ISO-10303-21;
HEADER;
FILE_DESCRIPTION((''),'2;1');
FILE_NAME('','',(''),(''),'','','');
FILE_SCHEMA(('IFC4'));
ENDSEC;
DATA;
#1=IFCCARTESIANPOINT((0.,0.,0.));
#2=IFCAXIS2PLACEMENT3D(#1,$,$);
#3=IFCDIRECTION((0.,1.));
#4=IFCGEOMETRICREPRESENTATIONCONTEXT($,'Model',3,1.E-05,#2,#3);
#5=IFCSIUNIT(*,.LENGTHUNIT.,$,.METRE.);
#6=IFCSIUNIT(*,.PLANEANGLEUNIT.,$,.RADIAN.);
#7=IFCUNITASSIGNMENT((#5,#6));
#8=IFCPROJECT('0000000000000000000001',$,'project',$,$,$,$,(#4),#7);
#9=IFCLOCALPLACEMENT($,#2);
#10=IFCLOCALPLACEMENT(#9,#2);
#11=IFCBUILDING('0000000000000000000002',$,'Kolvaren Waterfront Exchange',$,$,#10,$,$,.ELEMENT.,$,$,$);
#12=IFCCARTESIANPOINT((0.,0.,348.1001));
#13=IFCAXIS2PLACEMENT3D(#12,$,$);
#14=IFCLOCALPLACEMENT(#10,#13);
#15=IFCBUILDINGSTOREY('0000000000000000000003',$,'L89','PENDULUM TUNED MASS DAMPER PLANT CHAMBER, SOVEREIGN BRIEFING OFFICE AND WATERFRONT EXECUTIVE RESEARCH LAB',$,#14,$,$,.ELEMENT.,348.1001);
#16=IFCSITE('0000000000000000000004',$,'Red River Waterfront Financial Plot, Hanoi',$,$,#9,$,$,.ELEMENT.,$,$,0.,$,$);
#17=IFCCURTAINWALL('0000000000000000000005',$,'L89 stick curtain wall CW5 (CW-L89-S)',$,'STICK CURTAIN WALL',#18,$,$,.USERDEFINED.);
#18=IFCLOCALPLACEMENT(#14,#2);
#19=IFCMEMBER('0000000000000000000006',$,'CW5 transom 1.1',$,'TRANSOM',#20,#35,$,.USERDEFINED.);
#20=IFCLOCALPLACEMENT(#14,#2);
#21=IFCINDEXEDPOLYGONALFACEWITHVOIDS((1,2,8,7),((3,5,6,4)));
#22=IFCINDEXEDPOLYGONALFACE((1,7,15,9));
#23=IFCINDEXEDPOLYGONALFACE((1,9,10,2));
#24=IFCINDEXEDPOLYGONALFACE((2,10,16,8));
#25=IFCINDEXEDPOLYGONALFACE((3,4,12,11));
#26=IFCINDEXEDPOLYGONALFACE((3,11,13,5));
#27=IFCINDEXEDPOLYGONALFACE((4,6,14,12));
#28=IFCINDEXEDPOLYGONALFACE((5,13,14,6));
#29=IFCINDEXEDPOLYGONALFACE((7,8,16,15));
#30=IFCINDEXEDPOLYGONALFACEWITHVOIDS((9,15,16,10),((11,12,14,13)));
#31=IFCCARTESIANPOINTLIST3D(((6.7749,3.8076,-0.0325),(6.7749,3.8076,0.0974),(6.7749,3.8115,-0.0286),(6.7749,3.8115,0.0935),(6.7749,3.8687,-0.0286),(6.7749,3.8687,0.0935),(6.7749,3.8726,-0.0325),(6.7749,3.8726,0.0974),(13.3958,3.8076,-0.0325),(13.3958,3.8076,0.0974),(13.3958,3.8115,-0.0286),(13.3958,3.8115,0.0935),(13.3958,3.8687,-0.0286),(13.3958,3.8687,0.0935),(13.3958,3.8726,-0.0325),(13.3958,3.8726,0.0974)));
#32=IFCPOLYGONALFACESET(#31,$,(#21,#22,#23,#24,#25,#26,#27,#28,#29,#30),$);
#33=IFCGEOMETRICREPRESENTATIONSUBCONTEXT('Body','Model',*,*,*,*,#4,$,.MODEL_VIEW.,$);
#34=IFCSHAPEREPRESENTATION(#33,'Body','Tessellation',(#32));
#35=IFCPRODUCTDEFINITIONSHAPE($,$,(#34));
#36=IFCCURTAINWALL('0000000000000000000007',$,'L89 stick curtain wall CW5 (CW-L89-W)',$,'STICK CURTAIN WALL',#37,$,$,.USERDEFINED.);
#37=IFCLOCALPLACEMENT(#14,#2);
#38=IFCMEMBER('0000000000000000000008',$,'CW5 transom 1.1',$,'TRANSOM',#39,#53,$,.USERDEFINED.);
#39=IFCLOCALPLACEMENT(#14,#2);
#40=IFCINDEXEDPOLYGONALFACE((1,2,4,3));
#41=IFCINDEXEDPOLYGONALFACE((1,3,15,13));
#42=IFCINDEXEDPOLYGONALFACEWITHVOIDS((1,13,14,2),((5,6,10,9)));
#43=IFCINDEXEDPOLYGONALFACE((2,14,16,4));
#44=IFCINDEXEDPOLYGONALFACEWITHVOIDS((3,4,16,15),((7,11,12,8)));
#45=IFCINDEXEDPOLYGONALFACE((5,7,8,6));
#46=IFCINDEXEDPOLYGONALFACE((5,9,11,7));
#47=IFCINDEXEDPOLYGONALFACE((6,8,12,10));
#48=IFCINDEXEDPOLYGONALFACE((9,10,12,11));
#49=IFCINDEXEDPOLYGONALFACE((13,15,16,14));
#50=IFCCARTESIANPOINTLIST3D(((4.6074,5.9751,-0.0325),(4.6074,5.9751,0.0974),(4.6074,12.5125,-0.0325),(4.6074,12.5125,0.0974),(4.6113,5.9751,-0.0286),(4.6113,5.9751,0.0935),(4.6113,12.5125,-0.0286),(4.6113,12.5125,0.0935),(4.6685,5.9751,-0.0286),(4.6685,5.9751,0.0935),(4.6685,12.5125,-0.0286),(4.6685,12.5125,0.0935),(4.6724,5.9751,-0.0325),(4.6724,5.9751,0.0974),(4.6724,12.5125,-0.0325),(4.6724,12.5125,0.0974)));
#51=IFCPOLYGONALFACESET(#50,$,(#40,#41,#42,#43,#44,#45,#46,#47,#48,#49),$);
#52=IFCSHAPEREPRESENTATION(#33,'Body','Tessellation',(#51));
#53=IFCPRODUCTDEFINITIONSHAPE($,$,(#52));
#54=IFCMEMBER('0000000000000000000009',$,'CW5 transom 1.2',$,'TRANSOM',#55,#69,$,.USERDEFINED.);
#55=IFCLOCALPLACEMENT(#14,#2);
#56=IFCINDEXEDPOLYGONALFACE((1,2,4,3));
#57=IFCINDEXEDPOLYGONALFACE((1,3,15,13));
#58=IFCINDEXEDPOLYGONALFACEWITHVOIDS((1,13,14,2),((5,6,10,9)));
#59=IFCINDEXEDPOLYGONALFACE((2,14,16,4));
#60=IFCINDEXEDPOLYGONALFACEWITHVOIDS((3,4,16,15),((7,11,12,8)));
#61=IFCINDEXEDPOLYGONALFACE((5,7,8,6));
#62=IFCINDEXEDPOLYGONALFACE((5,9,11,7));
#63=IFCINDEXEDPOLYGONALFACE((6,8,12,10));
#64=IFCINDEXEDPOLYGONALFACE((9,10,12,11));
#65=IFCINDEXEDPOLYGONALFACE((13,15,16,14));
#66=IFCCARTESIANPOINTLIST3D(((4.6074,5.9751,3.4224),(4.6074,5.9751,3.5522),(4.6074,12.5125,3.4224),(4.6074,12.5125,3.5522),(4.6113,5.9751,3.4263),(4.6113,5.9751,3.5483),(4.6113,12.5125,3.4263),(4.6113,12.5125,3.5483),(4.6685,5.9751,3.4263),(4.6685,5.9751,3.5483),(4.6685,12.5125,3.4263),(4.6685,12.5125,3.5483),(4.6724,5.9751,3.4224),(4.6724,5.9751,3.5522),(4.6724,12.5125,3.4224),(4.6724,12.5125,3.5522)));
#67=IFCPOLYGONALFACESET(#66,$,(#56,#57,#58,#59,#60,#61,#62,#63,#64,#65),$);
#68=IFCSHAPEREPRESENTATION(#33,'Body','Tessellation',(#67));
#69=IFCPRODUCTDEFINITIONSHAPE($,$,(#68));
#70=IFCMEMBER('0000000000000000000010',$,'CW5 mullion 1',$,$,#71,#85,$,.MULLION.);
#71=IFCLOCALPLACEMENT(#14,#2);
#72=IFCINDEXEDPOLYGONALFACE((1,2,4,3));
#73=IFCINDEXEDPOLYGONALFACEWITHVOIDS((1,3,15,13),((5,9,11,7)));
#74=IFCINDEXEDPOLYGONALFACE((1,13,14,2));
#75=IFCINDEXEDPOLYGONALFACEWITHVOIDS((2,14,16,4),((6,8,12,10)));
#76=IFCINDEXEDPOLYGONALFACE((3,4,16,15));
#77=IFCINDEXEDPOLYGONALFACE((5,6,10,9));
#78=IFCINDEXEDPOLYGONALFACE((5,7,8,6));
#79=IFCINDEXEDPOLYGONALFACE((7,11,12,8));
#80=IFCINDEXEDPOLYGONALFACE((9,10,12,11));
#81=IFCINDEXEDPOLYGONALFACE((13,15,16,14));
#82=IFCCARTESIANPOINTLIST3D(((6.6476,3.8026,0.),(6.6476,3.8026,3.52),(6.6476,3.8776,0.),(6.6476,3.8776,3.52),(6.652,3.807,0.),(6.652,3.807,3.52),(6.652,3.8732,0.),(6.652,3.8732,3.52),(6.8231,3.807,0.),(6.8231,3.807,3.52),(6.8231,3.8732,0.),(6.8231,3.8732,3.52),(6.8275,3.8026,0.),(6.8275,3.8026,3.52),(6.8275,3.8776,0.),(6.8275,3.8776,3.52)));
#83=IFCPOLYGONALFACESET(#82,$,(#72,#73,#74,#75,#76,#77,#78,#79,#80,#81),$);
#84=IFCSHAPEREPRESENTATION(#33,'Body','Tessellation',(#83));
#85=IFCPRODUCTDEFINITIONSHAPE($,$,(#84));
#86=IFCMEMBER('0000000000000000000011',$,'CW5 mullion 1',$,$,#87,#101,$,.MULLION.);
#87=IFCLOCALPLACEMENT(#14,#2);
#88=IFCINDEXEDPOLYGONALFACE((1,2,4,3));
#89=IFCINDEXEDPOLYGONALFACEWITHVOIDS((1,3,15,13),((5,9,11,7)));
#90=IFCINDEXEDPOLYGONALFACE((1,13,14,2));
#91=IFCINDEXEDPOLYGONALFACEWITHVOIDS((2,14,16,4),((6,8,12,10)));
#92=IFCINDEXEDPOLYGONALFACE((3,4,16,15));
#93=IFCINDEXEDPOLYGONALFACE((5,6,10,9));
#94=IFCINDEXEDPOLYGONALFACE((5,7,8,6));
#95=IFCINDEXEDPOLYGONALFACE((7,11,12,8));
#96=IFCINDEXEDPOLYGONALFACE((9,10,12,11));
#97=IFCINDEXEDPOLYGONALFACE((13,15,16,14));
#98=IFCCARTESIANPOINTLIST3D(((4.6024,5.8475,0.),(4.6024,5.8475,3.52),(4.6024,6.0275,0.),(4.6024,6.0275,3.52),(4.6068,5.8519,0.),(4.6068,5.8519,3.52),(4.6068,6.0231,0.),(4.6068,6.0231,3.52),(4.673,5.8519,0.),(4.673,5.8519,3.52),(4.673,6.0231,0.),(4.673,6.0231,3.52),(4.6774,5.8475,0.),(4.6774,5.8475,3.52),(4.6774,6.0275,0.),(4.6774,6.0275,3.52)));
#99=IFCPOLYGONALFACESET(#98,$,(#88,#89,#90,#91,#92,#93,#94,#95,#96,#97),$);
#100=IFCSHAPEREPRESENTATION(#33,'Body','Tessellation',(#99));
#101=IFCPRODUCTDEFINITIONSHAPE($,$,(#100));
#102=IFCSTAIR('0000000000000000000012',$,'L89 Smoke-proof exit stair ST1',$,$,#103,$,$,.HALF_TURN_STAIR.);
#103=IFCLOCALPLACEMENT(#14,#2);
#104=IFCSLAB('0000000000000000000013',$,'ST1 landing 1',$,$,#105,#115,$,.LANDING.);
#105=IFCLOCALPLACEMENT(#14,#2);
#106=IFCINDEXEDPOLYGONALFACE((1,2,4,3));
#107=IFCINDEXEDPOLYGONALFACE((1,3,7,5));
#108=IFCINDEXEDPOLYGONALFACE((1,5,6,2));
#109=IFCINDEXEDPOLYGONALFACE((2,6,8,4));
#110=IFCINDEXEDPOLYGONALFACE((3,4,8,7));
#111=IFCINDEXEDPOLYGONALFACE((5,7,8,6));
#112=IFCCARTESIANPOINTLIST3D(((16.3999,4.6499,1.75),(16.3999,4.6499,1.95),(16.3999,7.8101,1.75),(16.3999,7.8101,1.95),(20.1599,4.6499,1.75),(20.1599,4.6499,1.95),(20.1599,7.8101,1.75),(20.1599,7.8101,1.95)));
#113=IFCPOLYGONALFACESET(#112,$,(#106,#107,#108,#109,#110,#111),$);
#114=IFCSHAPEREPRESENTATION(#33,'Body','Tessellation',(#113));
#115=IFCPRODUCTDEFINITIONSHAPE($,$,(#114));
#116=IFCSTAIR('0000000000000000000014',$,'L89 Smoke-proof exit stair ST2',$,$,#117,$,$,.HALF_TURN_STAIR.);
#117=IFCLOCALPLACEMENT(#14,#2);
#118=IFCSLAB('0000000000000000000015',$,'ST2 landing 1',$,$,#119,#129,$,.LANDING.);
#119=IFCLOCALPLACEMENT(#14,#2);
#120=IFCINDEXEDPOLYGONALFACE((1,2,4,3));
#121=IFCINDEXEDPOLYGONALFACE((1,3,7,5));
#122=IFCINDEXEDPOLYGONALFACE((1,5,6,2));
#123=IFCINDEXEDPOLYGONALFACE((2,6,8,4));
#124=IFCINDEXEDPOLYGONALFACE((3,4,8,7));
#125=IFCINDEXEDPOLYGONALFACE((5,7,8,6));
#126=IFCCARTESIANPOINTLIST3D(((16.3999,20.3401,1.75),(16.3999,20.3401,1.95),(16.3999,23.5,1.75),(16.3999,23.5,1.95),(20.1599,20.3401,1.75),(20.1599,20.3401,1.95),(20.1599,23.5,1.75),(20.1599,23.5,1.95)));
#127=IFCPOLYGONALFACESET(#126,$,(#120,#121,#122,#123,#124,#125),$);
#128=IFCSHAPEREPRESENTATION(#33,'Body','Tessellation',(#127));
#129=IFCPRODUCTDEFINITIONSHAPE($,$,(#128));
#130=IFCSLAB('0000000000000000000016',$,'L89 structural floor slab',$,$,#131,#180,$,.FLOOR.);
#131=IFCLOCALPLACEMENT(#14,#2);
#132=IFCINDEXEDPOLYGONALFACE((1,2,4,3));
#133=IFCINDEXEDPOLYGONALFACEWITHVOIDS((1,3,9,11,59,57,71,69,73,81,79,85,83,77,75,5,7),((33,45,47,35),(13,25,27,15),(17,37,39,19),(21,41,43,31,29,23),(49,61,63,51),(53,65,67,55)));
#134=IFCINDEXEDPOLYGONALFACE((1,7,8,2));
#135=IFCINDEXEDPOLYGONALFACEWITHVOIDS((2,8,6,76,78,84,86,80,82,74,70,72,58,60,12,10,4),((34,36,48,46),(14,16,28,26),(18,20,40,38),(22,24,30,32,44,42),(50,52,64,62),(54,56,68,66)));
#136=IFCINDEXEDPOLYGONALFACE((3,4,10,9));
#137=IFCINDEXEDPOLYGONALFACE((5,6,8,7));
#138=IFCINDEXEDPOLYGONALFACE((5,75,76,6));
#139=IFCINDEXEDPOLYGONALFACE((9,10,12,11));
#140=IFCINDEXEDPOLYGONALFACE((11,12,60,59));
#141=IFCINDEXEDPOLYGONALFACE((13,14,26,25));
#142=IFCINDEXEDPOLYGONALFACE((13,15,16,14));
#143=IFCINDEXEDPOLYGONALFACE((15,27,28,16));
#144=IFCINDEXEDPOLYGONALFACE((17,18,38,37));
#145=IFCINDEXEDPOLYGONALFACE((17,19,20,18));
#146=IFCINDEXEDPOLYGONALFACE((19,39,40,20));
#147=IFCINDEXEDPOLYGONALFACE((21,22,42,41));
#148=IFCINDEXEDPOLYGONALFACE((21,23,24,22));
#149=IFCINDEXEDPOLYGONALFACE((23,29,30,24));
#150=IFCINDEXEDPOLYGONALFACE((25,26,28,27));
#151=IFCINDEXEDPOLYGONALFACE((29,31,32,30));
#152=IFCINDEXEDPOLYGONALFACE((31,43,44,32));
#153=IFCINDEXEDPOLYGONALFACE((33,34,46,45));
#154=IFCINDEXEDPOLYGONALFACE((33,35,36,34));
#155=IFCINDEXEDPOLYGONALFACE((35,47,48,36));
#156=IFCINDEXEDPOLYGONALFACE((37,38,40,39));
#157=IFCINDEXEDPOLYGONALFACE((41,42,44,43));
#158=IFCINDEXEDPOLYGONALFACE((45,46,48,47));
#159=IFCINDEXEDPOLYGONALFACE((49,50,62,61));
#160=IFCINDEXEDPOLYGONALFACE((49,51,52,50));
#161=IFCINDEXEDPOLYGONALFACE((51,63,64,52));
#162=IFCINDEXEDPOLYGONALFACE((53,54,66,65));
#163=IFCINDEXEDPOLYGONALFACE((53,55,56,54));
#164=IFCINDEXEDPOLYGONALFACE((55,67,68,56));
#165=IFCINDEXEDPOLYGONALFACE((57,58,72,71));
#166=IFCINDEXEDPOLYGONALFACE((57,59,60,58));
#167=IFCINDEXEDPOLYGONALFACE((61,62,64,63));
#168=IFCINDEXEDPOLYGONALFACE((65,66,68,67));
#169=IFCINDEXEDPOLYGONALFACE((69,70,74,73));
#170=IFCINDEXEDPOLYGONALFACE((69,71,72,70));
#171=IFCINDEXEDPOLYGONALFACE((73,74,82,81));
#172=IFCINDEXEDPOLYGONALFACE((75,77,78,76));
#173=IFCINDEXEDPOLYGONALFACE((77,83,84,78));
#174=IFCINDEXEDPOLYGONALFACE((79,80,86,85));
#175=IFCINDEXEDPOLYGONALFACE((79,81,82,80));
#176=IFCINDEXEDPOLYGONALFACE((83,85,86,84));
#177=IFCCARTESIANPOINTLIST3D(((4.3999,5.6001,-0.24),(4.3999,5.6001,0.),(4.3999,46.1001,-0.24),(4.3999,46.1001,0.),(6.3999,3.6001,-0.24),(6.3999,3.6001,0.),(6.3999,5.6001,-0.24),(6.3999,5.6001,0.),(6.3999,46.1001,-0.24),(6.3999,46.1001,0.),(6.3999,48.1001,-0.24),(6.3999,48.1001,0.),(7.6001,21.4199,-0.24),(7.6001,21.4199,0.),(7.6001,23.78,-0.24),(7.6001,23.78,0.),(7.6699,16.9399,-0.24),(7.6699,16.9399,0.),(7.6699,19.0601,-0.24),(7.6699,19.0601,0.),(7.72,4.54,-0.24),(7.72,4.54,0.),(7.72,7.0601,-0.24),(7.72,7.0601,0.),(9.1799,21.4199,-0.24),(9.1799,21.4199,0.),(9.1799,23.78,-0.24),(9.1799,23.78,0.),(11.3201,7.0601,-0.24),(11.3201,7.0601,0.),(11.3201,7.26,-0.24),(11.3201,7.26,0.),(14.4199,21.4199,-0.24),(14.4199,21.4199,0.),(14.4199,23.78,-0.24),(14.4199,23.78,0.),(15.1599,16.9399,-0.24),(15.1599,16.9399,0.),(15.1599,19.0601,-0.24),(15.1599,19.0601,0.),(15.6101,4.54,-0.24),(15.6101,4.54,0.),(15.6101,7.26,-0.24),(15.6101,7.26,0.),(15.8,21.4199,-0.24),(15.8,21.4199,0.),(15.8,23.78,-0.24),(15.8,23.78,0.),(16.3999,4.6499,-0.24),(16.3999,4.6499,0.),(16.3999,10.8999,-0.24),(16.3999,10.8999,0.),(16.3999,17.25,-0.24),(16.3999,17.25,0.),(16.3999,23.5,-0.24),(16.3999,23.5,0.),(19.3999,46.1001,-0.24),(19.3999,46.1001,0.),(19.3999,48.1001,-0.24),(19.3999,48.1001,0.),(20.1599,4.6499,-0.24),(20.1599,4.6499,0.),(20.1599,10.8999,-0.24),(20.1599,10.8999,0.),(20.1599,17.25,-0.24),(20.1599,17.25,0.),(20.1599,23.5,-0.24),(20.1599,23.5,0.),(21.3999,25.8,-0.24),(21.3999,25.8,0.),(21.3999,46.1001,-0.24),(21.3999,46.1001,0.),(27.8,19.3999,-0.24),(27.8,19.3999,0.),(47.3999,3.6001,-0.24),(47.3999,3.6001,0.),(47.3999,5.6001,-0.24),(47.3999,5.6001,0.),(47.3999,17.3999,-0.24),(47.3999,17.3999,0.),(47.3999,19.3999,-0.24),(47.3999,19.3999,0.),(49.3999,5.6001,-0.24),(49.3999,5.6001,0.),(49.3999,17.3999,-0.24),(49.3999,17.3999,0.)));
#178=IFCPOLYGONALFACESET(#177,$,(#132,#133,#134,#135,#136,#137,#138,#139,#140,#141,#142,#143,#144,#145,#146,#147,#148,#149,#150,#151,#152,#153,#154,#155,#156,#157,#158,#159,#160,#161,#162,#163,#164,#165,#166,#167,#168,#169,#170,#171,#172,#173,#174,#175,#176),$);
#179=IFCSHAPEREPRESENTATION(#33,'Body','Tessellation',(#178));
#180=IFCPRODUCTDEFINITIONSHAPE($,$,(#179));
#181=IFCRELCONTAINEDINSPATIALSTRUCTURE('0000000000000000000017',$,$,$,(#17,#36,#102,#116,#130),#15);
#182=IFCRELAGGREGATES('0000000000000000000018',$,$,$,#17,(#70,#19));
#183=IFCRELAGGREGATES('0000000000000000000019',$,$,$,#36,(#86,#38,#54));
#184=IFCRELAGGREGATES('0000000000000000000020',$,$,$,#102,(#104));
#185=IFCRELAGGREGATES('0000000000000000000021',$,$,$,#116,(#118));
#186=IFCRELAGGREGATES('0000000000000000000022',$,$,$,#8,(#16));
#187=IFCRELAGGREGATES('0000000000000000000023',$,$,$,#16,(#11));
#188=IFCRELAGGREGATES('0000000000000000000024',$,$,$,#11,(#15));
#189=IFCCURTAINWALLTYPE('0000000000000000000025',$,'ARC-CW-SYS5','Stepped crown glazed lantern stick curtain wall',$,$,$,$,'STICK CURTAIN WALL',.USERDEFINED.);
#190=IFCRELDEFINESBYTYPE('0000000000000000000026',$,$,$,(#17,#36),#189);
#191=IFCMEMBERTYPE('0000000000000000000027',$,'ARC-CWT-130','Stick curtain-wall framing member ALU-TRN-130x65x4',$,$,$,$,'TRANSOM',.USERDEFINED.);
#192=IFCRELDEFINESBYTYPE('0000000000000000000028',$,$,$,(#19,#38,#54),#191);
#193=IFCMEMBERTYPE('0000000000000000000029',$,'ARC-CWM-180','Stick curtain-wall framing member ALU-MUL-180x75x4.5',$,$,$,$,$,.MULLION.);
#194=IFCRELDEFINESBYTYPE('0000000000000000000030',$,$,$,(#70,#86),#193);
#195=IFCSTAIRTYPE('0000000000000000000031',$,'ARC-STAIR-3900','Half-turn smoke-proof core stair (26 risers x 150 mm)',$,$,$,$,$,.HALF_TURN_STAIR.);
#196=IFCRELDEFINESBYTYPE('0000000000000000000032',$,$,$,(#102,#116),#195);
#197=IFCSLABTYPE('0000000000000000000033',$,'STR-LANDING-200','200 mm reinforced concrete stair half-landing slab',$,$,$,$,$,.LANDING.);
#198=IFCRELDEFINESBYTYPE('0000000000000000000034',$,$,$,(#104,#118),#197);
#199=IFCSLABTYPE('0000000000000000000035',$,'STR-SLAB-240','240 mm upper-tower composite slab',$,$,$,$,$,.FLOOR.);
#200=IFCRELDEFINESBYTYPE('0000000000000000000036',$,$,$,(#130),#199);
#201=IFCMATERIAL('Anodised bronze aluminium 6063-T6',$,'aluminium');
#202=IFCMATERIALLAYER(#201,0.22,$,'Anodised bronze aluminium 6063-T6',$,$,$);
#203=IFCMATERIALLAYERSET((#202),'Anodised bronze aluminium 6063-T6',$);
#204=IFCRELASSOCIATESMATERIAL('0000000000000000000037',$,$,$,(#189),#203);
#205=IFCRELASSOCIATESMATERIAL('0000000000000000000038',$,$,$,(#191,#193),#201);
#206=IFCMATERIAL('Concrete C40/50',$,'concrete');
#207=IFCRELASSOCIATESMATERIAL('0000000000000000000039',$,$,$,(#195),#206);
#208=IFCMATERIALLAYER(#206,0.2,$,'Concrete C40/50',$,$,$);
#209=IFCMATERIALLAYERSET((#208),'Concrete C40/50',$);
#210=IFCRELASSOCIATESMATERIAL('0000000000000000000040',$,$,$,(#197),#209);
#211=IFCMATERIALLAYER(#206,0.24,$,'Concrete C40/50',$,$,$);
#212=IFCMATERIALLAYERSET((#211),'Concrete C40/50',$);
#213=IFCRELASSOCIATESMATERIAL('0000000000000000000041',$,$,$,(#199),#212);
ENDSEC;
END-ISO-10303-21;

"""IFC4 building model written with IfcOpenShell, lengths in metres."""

from ifc_helpers import new_model, si_unit, direction, frame, origin, origin_with_axes, origin_2d, place, context, subcontext, project, spatial, polyline, hollow_rectangle, outline, extrude, source, transform, mapped, material, layer, layer_set, material_profile, profile_set, type_object, element, aggregate, save


model = new_model("IFC4")

# Units and contexts
model_context = context("Model", 3, precision=1e-05, world=origin(), true_north=direction((0.0, 1.0)))
body_context = subcontext(model_context, "Body", "Model", "MODEL_VIEW")
ifc_project = project(units=[si_unit("LENGTHUNIT", "METRE"), si_unit("PLANEANGLEUNIT", "RADIAN")], contexts=[model_context])

# Site, building, storey
site_placement = place(None, origin())
site = spatial("IfcSite", under=ifc_project, at=site_placement, Name="Red River Waterfront Financial Plot, Hanoi", CompositionType="ELEMENT", RefElevation=0.0)
building_placement = place(site_placement, origin())
building = spatial("IfcBuilding", under=site, at=building_placement, Name="Kolvaren Waterfront Exchange", CompositionType="ELEMENT")
storey_placement = place(building_placement, frame((0.0, 0.0, 348.1001)))
storey = spatial("IfcBuildingStorey", under=building, at=storey_placement, Name="L89", Description="PENDULUM TUNED MASS DAMPER PLANT CHAMBER, SOVEREIGN BRIEFING OFFICE AND WATERFRONT EXECUTIVE RESEARCH LAB", CompositionType="ELEMENT", Elevation=348.1001)

# Curtain wall, member
ifc_material_1 = material(Name="Anodised bronze aluminium 6063-T6", Category="aluminium")
ifc_layer_1 = layer(ifc_material_1, 0.22, Name="Anodised bronze aluminium 6063-T6")
ifc_layer_set_1 = layer_set([ifc_layer_1], Name="Anodised bronze aluminium 6063-T6")
curtain_wall_type = type_object("IfcCurtainWallType", Name="ARC-CW-SYS5", Description="Stepped crown glazed lantern stick curtain wall", ElementType="STICK CURTAIN WALL", PredefinedType="USERDEFINED", material=ifc_layer_set_1)
curtain_wall_1_placement = place(storey_placement, origin())
curtain_wall_1 = element("IfcCurtainWall", 1, at=curtain_wall_1_placement, inside=storey, type_object=curtain_wall_type, Name="L89 stick curtain wall CW5 (CW-L89-S)", ObjectType="STICK CURTAIN WALL", PredefinedType="USERDEFINED")
ifc_material_profile_1 = material_profile(ifc_material_1, hollow_rectangle(XDim=0.0649, YDim=0.1299, WallThickness=0.0039, at=origin_2d()), Name="ALU-TRN-130x65x4")
ifc_profile_set_1 = profile_set([ifc_material_profile_1], Name="Anodised bronze aluminium 6063-T6")
member_type_1 = type_object("IfcMemberType", Name="ARC-CWT-130", Description="Stick curtain-wall framing member ALU-TRN-130x65x4", ElementType="TRANSOM", PredefinedType="USERDEFINED", material=ifc_profile_set_1)
shared_shape_1 = source(origin_with_axes(), body_context, "Body", "SweptSolid", [
    extrude(hollow_rectangle(XDim=0.0649, YDim=0.1299, WallThickness=0.0039, at=origin_2d()), origin(), (0.0, 0.0, 1.0), 6.6208),
])
member_1_placement = place(storey_placement, frame((6.7749, 3.8401, 0.0325), z_axis=(1.0, 0.0, 0.0), x_axis=(0.0, 1.0, 0.0)))
member_1 = element("IfcMember", 2, at=member_1_placement, type_object=member_type_1, Name="CW5 transom 1.1", ObjectType="TRANSOM", PredefinedType="USERDEFINED", context=body_context, shape_type="MappedRepresentation", body=[
    mapped(shared_shape_1, transform((0.0, 0.0, 0.0), x_axis=(1.0, 0.0, 0.0), y_axis=(0.0, 1.0, 0.0), z_axis=(0.0, 0.0, 1.0), scale=1.0)),
])

# Curtain wall, members
curtain_wall_2_placement = place(storey_placement, origin())
curtain_wall_2 = element("IfcCurtainWall", 3, at=curtain_wall_2_placement, inside=storey, type_object=curtain_wall_type, Name="L89 stick curtain wall CW5 (CW-L89-W)", ObjectType="STICK CURTAIN WALL", PredefinedType="USERDEFINED")
shared_shape_2 = source(origin_with_axes(), body_context, "Body", "SweptSolid", [
    extrude(hollow_rectangle(XDim=0.0649, YDim=0.1299, WallThickness=0.0039, at=origin_2d()), origin(), (0.0, 0.0, 1.0), 6.5374),
])
member_2_placement = place(storey_placement, frame((4.6399, 5.9751, 0.0325), z_axis=(0.0, 1.0, 0.0), x_axis=(-1.0, 0.0, 0.0)))
member_2 = element("IfcMember", 4, at=member_2_placement, type_object=member_type_1, Name="CW5 transom 1.1", ObjectType="TRANSOM", PredefinedType="USERDEFINED", context=body_context, shape_type="MappedRepresentation", body=[
    mapped(shared_shape_2, transform((0.0, 0.0, 0.0), x_axis=(1.0, 0.0, 0.0), y_axis=(0.0, 1.0, 0.0), z_axis=(0.0, 0.0, 1.0), scale=1.0)),
])
member_3_placement = place(storey_placement, frame((4.6399, 5.9751, 3.4873), z_axis=(0.0, 1.0, 0.0), x_axis=(-1.0, 0.0, 0.0)))
member_3 = element("IfcMember", 5, at=member_3_placement, type_object=member_type_1, Name="CW5 transom 1.2", ObjectType="TRANSOM", PredefinedType="USERDEFINED", context=body_context, shape_type="MappedRepresentation", body=[
    mapped(shared_shape_2, transform((0.0, 0.0, 0.0), x_axis=(1.0, 0.0, 0.0), y_axis=(0.0, 1.0, 0.0), z_axis=(0.0, 0.0, 1.0), scale=1.0)),
])

# Members
ifc_material_profile_2 = material_profile(ifc_material_1, hollow_rectangle(XDim=0.075, YDim=0.1799, WallThickness=0.0044, at=origin_2d()), Name="ALU-MUL-180x75x4.5")
ifc_profile_set_2 = profile_set([ifc_material_profile_2], Name="Anodised bronze aluminium 6063-T6")
member_type_2 = type_object("IfcMemberType", Name="ARC-CWM-180", Description="Stick curtain-wall framing member ALU-MUL-180x75x4.5", PredefinedType="MULLION", material=ifc_profile_set_2)
shared_shape_3 = source(origin_with_axes(), body_context, "Body", "SweptSolid", [
    extrude(hollow_rectangle(XDim=0.075, YDim=0.1799, WallThickness=0.0044, at=origin_2d()), origin(), (0.0, 0.0, 1.0), 3.52),
])
member_4_placement = place(storey_placement, frame((6.7375, 3.8401, 0.0), z_axis=(0.0, 0.0, 1.0), x_axis=(0.0, 1.0, 0.0)))
member_4 = element("IfcMember", 6, at=member_4_placement, type_object=member_type_2, Name="CW5 mullion 1", PredefinedType="MULLION", context=body_context, shape_type="MappedRepresentation", body=[
    mapped(shared_shape_3, transform((0.0, 0.0, 0.0), x_axis=(1.0, 0.0, 0.0), y_axis=(0.0, 1.0, 0.0), z_axis=(0.0, 0.0, 1.0), scale=1.0)),
])
aggregate(curtain_wall_1, [member_4, member_1])
member_5_placement = place(storey_placement, frame((4.6399, 5.9375, 0.0), z_axis=(0.0, 0.0, 1.0), x_axis=(-1.0, 0.0, 0.0)))
member_5 = element("IfcMember", 7, at=member_5_placement, type_object=member_type_2, Name="CW5 mullion 1", PredefinedType="MULLION", context=body_context, shape_type="MappedRepresentation", body=[
    mapped(shared_shape_3, transform((0.0, 0.0, 0.0), x_axis=(1.0, 0.0, 0.0), y_axis=(0.0, 1.0, 0.0), z_axis=(0.0, 0.0, 1.0), scale=1.0)),
])
aggregate(curtain_wall_2, [member_5, member_2, member_3])

# Stairs, slabs
ifc_material_2 = material(Name="Concrete C40/50", Category="concrete")
stair_type = type_object("IfcStairType", Name="ARC-STAIR-3900", Description="Half-turn smoke-proof core stair (26 risers x 150 mm)", PredefinedType="HALF_TURN_STAIR", material=ifc_material_2)
stair_1_placement = place(storey_placement, origin())
stair_1 = element("IfcStair", 8, at=stair_1_placement, inside=storey, type_object=stair_type, Name="L89 Smoke-proof exit stair ST1", PredefinedType="HALF_TURN_STAIR")
ifc_layer_2 = layer(ifc_material_2, 0.2, Name="Concrete C40/50")
ifc_layer_set_2 = layer_set([ifc_layer_2], Name="Concrete C40/50")
slab_type_1 = type_object("IfcSlabType", Name="STR-LANDING-200", Description="200 mm reinforced concrete stair half-landing slab", PredefinedType="LANDING", material=ifc_layer_set_2)
slab_1_placement = place(storey_placement, frame((0.0, 0.0, 1.75)))
slab_1 = element("IfcSlab", 9, at=slab_1_placement, type_object=slab_type_1, Name="ST1 landing 1", PredefinedType="LANDING", context=body_context, shape_type="SweptSolid", body=[
    extrude(outline(polyline([(16.3999, 7.8101), (16.3999, 4.6499), (20.1599, 4.6499), (20.1599, 7.8101), (16.3999, 7.8101)])), origin(), (0.0, 0.0, 1.0), 0.2),
])
aggregate(stair_1, [slab_1])
stair_2_placement = place(storey_placement, origin())
stair_2 = element("IfcStair", 10, at=stair_2_placement, inside=storey, type_object=stair_type, Name="L89 Smoke-proof exit stair ST2", PredefinedType="HALF_TURN_STAIR")
slab_2_placement = place(storey_placement, frame((0.0, 0.0, 1.75)))
slab_2 = element("IfcSlab", 11, at=slab_2_placement, type_object=slab_type_1, Name="ST2 landing 1", PredefinedType="LANDING", context=body_context, shape_type="SweptSolid", body=[
    extrude(outline(polyline([(20.1599, 20.3401), (20.1599, 23.5), (16.3999, 23.5), (16.3999, 20.3401), (20.1599, 20.3401)])), origin(), (0.0, 0.0, 1.0), 0.2),
])
aggregate(stair_2, [slab_2])

# Slab
ifc_layer_3 = layer(ifc_material_2, 0.24, Name="Concrete C40/50")
ifc_layer_set_3 = layer_set([ifc_layer_3], Name="Concrete C40/50")
slab_type_2 = type_object("IfcSlabType", Name="STR-SLAB-240", Description="240 mm upper-tower composite slab", PredefinedType="FLOOR", material=ifc_layer_set_3)
slab_3_placement = place(storey_placement, frame((0.0, 0.0, -0.24)))
element("IfcSlab", 12, at=slab_3_placement, inside=storey, type_object=slab_type_2, Name="L89 structural floor slab", PredefinedType="FLOOR", context=body_context, shape_type="SweptSolid", body=[
    extrude(outline(polyline([(6.3999, 3.6001), (47.3999, 3.6001), (47.3999, 5.6001), (49.3999, 5.6001), (49.3999, 17.3999), (47.3999, 17.3999), (47.3999, 19.3999), (27.8, 19.3999), (21.3999, 25.8), (21.3999, 46.1001), (19.3999, 46.1001), (19.3999, 48.1001), (6.3999, 48.1001), (6.3999, 46.1001), (4.3999, 46.1001), (4.3999, 5.6001), (6.3999, 5.6001), (6.3999, 3.6001)]), holes=[polyline([(11.3201, 7.26), (15.6101, 7.26), (15.6101, 4.54), (7.72, 4.54), (7.72, 7.0601), (11.3201, 7.0601), (11.3201, 7.26)]), polyline([(20.1599, 10.8999), (20.1599, 4.6499), (16.3999, 4.6499), (16.3999, 10.8999), (20.1599, 10.8999)]), polyline([(7.6699, 19.0601), (15.1599, 19.0601), (15.1599, 16.9399), (7.6699, 16.9399), (7.6699, 19.0601)]), polyline([(16.3999, 17.25), (16.3999, 23.5), (20.1599, 23.5), (20.1599, 17.25), (16.3999, 17.25)]), polyline([(7.6001, 23.78), (9.1799, 23.78), (9.1799, 21.4199), (7.6001, 21.4199), (7.6001, 23.78)]), polyline([(14.4199, 23.78), (15.8, 23.78), (15.8, 21.4199), (14.4199, 21.4199), (14.4199, 23.78)])]), origin(), (0.0, 0.0, 1.0), 0.24),
])

save(model, "model.ifc")
